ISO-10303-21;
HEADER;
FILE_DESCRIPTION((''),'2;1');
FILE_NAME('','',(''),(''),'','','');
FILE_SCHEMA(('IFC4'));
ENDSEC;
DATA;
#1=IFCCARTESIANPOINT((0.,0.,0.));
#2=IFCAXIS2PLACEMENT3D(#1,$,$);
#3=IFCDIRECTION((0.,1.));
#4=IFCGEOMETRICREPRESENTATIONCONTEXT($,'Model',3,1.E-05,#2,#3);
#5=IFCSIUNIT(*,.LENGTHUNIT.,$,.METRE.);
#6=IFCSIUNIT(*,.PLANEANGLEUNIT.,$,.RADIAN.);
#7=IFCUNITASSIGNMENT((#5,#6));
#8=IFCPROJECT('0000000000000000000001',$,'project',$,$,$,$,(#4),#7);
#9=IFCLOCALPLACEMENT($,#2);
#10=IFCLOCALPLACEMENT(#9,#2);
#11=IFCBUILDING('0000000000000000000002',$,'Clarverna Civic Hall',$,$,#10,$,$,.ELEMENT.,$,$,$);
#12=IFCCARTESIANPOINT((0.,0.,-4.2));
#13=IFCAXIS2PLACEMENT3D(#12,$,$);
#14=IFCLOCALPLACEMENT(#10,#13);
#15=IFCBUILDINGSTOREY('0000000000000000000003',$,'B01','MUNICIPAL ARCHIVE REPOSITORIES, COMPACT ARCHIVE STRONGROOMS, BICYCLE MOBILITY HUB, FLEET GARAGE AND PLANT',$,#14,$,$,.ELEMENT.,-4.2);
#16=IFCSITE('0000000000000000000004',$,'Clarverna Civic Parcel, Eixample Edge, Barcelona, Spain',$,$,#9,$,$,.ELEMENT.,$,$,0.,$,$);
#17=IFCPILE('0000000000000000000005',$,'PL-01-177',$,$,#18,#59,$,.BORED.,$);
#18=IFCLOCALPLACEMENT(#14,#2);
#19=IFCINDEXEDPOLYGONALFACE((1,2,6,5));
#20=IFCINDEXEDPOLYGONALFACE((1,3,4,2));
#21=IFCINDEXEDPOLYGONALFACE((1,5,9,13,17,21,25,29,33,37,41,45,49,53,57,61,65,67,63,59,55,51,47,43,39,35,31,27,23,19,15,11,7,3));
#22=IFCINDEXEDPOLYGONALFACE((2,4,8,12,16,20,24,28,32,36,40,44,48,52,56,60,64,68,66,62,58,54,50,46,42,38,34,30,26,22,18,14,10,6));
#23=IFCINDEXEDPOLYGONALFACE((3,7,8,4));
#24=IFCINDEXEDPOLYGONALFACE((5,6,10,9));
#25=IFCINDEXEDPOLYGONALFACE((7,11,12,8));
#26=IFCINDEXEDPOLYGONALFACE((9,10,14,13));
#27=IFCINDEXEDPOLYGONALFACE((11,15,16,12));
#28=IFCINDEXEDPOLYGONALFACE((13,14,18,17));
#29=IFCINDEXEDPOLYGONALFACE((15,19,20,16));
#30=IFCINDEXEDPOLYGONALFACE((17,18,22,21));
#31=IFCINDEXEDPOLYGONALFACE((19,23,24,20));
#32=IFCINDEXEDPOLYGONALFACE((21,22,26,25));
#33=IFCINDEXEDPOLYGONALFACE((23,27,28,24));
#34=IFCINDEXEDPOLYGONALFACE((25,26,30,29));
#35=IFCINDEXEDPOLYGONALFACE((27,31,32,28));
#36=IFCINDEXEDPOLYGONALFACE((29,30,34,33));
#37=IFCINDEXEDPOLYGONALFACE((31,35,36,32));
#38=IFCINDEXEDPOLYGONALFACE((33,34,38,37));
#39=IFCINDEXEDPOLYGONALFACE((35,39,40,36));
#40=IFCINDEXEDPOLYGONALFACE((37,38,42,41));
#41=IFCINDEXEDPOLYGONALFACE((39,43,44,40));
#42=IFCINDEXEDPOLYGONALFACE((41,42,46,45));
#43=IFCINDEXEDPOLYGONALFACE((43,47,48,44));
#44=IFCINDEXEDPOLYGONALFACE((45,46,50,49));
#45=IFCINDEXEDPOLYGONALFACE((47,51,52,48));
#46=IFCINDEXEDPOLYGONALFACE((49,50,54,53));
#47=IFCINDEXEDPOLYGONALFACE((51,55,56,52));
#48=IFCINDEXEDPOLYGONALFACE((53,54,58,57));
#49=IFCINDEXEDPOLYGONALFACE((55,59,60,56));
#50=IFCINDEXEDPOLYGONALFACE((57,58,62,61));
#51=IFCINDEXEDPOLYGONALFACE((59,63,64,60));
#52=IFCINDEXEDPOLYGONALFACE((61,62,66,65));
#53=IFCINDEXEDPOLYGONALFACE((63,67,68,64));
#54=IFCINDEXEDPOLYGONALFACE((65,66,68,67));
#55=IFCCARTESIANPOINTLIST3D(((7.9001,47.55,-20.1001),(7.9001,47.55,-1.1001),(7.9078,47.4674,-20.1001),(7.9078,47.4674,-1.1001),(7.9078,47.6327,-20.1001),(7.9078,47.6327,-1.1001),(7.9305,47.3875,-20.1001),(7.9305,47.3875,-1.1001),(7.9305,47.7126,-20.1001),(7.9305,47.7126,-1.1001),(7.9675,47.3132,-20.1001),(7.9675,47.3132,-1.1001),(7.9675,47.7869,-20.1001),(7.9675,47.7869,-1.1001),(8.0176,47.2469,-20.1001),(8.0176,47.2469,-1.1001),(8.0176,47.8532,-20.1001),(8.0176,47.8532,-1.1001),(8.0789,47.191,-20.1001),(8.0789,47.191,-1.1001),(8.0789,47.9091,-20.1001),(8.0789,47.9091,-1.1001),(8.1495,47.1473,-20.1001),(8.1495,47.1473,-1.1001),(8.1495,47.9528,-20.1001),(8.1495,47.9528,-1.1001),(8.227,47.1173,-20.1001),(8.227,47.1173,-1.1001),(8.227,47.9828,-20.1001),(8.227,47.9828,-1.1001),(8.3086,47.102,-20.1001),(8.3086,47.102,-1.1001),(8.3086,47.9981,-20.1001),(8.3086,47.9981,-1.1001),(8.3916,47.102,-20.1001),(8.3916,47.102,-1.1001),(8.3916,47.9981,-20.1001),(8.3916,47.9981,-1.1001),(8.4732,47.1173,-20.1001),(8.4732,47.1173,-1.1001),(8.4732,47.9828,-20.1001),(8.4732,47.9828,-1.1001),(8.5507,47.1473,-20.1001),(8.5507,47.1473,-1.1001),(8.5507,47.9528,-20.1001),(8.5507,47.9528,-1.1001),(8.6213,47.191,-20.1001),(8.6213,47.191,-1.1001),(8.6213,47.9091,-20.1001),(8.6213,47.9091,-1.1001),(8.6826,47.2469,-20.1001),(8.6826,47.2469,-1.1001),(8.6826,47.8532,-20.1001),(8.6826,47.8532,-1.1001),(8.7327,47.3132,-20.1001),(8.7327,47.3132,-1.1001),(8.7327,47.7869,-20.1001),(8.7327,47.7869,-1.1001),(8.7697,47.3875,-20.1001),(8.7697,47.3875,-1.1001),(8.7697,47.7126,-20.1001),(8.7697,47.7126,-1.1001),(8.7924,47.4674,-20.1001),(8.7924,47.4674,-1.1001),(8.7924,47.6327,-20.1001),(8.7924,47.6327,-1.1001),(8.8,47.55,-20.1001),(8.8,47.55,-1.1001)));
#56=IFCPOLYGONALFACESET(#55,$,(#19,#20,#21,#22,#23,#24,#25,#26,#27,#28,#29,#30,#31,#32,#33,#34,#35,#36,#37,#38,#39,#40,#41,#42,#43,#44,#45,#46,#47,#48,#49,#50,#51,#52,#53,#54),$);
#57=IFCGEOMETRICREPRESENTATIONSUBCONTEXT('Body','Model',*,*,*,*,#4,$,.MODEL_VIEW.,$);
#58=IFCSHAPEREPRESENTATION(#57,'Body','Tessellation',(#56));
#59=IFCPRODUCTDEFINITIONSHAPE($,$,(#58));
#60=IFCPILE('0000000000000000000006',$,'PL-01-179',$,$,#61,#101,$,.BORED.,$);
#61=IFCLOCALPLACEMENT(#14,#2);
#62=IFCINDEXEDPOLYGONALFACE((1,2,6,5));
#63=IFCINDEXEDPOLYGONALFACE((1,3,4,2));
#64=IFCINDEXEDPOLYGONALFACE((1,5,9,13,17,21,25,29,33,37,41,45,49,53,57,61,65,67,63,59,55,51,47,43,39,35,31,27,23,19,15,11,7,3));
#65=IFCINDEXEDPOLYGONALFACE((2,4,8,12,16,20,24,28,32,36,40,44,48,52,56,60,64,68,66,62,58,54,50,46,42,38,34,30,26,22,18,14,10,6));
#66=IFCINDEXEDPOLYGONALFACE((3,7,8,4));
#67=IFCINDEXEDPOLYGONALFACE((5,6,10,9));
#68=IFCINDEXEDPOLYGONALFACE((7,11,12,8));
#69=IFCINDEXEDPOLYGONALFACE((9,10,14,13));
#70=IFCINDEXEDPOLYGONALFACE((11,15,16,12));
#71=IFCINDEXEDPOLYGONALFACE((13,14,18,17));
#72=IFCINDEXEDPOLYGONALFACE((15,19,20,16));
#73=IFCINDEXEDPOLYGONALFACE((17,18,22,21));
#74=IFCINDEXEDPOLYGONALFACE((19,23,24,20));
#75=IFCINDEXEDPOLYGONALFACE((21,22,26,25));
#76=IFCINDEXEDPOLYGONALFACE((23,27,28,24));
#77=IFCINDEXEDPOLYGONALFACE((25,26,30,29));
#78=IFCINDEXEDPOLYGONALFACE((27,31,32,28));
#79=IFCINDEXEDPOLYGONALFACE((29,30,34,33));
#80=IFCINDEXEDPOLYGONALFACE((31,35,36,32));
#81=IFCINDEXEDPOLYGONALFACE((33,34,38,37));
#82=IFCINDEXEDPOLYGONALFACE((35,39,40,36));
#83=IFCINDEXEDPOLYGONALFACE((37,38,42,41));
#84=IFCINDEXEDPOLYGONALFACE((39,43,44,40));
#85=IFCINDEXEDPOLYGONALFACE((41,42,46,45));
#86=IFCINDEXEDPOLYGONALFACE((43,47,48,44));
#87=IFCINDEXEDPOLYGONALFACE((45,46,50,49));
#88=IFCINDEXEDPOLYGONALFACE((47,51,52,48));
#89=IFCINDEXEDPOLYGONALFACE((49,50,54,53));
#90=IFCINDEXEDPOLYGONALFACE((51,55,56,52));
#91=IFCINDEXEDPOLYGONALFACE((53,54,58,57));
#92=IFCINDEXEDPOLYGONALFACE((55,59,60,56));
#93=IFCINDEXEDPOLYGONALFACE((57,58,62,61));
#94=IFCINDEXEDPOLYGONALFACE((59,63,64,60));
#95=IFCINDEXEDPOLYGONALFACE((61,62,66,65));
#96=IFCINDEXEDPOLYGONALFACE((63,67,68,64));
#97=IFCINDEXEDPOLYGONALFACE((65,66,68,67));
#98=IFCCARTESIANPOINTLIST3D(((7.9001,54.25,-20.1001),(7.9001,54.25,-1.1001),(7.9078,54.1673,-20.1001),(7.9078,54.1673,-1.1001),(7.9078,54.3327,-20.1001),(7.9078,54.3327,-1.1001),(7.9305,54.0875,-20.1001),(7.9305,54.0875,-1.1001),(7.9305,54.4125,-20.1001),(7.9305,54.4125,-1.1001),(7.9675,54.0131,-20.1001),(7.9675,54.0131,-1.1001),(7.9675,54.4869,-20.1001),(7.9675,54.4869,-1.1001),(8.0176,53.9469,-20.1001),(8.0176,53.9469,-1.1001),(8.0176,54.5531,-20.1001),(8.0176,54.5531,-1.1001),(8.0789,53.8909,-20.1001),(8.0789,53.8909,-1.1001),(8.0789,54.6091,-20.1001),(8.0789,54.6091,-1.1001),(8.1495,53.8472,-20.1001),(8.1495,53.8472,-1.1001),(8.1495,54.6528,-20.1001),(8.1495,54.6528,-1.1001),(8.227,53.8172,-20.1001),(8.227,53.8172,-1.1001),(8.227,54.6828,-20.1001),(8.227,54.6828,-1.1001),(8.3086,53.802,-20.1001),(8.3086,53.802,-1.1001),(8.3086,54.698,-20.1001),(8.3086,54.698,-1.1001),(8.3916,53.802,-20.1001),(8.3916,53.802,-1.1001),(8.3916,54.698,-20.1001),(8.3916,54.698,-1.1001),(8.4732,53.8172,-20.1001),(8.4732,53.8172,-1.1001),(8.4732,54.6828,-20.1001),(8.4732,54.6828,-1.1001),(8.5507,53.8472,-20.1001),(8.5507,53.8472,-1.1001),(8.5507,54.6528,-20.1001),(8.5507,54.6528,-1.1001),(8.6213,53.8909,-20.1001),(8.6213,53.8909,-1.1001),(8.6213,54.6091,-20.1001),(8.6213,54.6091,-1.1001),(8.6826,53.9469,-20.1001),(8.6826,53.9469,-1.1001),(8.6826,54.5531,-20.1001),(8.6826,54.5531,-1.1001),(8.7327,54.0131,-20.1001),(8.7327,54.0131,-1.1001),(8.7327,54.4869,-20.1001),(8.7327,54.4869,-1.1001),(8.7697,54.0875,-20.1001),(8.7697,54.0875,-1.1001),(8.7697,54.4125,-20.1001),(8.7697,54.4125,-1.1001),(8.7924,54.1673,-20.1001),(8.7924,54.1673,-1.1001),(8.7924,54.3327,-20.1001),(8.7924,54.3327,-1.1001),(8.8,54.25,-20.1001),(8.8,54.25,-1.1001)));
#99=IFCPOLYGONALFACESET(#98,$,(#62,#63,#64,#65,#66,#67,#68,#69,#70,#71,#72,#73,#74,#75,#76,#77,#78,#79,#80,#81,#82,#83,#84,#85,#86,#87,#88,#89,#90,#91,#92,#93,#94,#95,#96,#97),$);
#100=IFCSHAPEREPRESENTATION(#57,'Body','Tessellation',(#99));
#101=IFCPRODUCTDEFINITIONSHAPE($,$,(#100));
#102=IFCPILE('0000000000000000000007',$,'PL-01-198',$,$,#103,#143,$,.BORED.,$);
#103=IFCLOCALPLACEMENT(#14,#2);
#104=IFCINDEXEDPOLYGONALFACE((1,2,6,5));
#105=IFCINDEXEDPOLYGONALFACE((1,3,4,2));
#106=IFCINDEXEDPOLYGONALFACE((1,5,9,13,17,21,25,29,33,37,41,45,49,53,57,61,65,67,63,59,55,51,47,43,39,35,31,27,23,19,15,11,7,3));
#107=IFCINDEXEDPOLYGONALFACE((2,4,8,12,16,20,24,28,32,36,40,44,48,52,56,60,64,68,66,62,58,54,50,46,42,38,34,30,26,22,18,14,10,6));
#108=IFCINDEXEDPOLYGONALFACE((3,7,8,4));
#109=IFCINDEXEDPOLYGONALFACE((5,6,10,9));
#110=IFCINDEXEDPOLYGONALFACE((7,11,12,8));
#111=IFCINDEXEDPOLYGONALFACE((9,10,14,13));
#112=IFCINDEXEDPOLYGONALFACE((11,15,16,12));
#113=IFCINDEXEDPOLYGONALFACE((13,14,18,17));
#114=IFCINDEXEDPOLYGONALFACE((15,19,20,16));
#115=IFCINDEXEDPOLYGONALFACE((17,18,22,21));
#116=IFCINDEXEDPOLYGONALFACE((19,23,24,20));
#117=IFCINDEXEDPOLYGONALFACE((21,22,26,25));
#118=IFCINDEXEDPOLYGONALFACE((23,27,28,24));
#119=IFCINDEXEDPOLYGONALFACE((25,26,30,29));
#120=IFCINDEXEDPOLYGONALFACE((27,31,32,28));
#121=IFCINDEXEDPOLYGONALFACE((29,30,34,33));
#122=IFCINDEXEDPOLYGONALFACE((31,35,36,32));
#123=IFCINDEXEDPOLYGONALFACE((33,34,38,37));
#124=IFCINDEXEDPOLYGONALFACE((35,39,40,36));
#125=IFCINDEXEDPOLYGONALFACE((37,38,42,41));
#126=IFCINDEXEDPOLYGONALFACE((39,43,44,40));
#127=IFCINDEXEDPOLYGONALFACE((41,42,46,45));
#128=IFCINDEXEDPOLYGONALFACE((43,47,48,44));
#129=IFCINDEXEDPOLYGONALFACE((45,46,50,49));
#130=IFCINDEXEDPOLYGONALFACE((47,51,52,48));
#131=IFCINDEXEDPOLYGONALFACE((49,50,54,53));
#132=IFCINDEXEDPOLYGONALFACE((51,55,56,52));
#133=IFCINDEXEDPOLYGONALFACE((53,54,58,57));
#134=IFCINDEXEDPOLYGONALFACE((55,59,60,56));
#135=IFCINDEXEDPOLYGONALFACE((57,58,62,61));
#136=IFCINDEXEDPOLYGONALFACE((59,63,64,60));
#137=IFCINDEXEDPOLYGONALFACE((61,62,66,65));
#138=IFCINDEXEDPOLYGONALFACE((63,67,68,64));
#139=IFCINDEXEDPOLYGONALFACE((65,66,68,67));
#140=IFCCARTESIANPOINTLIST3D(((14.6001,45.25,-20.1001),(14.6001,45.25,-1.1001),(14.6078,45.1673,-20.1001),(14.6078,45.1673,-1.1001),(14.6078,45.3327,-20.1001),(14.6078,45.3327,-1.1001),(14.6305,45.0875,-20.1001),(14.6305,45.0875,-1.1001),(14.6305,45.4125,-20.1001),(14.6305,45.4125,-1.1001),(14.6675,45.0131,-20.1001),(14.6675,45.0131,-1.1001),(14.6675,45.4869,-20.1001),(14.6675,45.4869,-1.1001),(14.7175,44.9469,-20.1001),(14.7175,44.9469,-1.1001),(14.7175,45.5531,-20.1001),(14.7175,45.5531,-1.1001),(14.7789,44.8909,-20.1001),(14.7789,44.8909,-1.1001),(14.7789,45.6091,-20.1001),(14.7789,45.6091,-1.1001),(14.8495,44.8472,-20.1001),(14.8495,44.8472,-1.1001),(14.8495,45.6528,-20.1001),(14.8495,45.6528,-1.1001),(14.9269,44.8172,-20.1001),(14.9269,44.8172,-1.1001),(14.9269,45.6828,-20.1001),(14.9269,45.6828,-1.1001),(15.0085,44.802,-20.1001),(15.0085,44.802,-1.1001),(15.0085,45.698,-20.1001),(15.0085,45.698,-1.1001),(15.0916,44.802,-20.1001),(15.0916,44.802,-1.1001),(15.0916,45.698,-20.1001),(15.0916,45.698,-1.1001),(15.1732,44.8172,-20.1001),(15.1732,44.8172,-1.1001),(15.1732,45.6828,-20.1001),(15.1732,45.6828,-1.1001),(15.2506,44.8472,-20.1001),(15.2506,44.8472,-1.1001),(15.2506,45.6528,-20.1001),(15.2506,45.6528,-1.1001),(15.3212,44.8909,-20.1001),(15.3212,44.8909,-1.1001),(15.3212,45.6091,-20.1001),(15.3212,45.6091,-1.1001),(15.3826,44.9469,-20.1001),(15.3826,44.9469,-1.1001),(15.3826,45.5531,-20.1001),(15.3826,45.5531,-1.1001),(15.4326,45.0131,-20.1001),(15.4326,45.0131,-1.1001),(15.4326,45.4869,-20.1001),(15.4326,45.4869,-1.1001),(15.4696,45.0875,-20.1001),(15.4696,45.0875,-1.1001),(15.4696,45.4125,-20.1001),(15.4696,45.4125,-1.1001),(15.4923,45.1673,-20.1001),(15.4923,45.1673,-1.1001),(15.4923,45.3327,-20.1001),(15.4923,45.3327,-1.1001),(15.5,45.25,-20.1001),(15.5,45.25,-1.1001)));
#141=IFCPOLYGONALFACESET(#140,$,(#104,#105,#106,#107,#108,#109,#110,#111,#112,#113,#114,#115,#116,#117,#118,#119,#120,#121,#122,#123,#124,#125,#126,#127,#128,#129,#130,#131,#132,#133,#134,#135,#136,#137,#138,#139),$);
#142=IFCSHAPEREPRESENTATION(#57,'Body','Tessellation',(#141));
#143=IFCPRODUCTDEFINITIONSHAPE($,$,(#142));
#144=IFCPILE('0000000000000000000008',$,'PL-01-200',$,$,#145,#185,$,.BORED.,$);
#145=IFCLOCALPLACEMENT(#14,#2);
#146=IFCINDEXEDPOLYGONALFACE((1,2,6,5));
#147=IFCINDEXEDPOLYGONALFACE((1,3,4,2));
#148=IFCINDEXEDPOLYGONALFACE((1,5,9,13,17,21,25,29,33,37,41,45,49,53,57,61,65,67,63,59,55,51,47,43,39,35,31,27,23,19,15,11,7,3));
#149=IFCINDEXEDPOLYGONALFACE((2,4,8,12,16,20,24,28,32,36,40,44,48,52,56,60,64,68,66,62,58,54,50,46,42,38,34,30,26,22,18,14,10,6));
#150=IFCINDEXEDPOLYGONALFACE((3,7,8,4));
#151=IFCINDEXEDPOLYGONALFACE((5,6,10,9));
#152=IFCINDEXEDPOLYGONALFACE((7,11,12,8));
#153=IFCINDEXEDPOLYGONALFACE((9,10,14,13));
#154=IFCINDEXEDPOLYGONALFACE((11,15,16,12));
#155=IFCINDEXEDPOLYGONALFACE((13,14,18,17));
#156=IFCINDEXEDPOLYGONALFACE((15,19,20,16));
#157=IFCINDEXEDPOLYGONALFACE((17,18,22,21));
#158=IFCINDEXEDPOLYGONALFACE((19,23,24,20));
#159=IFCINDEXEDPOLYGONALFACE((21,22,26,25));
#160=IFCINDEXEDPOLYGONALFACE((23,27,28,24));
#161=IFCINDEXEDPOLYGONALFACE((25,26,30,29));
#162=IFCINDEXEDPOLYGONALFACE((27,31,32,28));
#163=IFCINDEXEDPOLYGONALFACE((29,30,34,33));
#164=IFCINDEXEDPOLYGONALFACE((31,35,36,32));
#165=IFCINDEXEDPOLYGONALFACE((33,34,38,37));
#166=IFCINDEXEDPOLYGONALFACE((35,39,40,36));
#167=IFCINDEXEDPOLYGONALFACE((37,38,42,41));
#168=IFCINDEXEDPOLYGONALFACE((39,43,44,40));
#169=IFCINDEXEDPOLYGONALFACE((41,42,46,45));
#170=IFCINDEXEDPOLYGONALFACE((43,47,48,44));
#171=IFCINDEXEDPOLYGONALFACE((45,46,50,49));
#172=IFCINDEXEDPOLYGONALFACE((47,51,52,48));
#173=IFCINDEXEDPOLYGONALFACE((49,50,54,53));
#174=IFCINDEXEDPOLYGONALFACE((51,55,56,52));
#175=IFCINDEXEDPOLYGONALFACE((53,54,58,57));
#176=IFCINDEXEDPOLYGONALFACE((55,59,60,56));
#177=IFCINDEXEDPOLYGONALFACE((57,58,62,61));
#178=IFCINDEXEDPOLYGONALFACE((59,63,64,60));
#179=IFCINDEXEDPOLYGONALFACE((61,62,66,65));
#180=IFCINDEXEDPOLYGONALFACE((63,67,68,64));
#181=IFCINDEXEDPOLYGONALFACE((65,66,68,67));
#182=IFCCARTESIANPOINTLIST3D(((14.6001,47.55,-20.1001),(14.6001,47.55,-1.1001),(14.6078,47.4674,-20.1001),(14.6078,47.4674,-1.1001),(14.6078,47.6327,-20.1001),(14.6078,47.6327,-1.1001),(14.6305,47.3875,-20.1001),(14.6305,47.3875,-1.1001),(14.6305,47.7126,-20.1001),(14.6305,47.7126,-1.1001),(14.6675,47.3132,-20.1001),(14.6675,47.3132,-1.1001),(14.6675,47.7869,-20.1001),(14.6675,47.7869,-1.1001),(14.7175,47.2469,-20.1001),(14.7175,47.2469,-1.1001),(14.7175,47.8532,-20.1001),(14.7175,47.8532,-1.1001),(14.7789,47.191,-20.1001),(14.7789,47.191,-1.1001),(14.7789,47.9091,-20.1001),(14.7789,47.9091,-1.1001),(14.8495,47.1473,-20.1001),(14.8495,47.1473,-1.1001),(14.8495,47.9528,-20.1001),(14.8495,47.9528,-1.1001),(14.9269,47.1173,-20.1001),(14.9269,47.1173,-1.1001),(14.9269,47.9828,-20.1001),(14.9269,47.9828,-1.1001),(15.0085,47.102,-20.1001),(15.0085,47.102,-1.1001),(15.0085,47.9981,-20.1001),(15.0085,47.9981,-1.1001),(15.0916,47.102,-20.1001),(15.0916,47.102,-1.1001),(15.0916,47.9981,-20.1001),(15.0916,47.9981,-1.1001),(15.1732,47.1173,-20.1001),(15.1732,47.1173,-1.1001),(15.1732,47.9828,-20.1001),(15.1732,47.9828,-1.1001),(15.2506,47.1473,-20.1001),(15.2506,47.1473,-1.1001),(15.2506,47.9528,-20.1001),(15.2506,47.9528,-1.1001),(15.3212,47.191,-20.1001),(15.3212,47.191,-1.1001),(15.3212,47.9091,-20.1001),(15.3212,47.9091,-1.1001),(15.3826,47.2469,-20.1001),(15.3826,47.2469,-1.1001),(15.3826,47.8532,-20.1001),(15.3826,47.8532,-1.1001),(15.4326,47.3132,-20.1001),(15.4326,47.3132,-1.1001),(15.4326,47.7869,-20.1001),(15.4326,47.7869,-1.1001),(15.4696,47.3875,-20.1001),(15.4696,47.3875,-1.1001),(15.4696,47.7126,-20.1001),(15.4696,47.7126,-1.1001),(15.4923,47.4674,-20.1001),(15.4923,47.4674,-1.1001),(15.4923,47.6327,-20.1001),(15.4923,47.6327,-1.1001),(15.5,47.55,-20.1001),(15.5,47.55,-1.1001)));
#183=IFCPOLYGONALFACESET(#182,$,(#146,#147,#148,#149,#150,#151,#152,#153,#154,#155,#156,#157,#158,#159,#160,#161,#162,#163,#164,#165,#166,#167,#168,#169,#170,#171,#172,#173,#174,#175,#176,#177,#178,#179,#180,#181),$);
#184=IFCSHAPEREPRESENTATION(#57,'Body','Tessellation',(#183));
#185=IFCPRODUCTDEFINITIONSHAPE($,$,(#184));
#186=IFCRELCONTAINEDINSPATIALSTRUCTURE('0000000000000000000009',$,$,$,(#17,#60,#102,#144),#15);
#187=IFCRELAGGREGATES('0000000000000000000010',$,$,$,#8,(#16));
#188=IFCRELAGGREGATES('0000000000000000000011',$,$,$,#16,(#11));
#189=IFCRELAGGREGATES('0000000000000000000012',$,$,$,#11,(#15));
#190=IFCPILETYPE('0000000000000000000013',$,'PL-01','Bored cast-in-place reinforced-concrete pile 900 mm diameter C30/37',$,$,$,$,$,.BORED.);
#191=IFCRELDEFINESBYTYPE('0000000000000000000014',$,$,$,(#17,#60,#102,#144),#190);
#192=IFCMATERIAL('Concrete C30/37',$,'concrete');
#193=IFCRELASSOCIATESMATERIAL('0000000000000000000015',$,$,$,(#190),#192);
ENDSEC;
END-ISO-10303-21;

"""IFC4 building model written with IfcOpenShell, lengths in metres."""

from ifc_helpers import new_model, si_unit, direction, frame, origin, origin_2d, place, context, subcontext, project, spatial, circle, extrude, material, material_profile, profile_set, type_object, element, save


model = new_model("IFC4")

# Units and contexts
model_context = context("Model", 3, precision=1e-05, world=origin(), true_north=direction((0.0, 1.0)))
body_context = subcontext(model_context, "Body", "Model", "MODEL_VIEW")
ifc_project = project(units=[si_unit("LENGTHUNIT", "METRE"), si_unit("PLANEANGLEUNIT", "RADIAN")], contexts=[model_context])

# Site, building, storey
site_placement = place(None, origin())
site = spatial("IfcSite", under=ifc_project, at=site_placement, Name="Clarverna Civic Parcel, Eixample Edge, Barcelona, Spain", CompositionType="ELEMENT", RefElevation=0.0)
building_placement = place(site_placement, origin())
building = spatial("IfcBuilding", under=site, at=building_placement, Name="Clarverna Civic Hall", CompositionType="ELEMENT")
storey_placement = place(building_placement, frame((0.0, 0.0, -4.2)))
storey = spatial("IfcBuildingStorey", under=building, at=storey_placement, Name="B01", Description="MUNICIPAL ARCHIVE REPOSITORIES, COMPACT ARCHIVE STRONGROOMS, BICYCLE MOBILITY HUB, FLEET GARAGE AND PLANT", CompositionType="ELEMENT", Elevation=-4.2)

# Shared definitions
ifc_material_1 = material(Name="Concrete C30/37", Category="concrete")

# Piles
ifc_material_profile_1 = material_profile(ifc_material_1, circle(Radius=0.45, at=origin_2d()), Name="BORED PILE D900")
ifc_profile_set_1 = profile_set([ifc_material_profile_1], Name="Concrete C30/37")
pile_type_1 = type_object("IfcPileType", Name="PL-01", Description="Bored cast-in-place reinforced-concrete pile 900 mm diameter C30/37", PredefinedType="BORED", material=ifc_profile_set_1)
for number, where, z_axis, x_axis, name in (
    (1, (8.3501, 47.55, -1.1001), (0.0, 0.0, -1.0), (1.0, 0.0, 0.0), "PL-01-177"),
    (2, (8.3501, 54.25, -1.1001), (0.0, 0.0, -1.0), (1.0, 0.0, 0.0), "PL-01-179"),
    (3, (15.05, 45.25, -1.1001), (0.0, 0.0, -1.0), (1.0, 0.0, 0.0), "PL-01-198"),
    (4, (15.05, 47.55, -1.1001), (0.0, 0.0, -1.0), (1.0, 0.0, 0.0), "PL-01-200"),
):
    element("IfcPile", number, at=place(storey_placement, frame(where, z_axis=z_axis, x_axis=x_axis)), inside=storey, type_object=pile_type_1, Name=name, PredefinedType="BORED", context=body_context, shape_type="SweptSolid", body=[
        extrude(circle(Radius=0.45, at=origin_2d()), origin(), (0.0, 0.0, 1.0), 19.0),
    ])

save(model, "model.ifc")
